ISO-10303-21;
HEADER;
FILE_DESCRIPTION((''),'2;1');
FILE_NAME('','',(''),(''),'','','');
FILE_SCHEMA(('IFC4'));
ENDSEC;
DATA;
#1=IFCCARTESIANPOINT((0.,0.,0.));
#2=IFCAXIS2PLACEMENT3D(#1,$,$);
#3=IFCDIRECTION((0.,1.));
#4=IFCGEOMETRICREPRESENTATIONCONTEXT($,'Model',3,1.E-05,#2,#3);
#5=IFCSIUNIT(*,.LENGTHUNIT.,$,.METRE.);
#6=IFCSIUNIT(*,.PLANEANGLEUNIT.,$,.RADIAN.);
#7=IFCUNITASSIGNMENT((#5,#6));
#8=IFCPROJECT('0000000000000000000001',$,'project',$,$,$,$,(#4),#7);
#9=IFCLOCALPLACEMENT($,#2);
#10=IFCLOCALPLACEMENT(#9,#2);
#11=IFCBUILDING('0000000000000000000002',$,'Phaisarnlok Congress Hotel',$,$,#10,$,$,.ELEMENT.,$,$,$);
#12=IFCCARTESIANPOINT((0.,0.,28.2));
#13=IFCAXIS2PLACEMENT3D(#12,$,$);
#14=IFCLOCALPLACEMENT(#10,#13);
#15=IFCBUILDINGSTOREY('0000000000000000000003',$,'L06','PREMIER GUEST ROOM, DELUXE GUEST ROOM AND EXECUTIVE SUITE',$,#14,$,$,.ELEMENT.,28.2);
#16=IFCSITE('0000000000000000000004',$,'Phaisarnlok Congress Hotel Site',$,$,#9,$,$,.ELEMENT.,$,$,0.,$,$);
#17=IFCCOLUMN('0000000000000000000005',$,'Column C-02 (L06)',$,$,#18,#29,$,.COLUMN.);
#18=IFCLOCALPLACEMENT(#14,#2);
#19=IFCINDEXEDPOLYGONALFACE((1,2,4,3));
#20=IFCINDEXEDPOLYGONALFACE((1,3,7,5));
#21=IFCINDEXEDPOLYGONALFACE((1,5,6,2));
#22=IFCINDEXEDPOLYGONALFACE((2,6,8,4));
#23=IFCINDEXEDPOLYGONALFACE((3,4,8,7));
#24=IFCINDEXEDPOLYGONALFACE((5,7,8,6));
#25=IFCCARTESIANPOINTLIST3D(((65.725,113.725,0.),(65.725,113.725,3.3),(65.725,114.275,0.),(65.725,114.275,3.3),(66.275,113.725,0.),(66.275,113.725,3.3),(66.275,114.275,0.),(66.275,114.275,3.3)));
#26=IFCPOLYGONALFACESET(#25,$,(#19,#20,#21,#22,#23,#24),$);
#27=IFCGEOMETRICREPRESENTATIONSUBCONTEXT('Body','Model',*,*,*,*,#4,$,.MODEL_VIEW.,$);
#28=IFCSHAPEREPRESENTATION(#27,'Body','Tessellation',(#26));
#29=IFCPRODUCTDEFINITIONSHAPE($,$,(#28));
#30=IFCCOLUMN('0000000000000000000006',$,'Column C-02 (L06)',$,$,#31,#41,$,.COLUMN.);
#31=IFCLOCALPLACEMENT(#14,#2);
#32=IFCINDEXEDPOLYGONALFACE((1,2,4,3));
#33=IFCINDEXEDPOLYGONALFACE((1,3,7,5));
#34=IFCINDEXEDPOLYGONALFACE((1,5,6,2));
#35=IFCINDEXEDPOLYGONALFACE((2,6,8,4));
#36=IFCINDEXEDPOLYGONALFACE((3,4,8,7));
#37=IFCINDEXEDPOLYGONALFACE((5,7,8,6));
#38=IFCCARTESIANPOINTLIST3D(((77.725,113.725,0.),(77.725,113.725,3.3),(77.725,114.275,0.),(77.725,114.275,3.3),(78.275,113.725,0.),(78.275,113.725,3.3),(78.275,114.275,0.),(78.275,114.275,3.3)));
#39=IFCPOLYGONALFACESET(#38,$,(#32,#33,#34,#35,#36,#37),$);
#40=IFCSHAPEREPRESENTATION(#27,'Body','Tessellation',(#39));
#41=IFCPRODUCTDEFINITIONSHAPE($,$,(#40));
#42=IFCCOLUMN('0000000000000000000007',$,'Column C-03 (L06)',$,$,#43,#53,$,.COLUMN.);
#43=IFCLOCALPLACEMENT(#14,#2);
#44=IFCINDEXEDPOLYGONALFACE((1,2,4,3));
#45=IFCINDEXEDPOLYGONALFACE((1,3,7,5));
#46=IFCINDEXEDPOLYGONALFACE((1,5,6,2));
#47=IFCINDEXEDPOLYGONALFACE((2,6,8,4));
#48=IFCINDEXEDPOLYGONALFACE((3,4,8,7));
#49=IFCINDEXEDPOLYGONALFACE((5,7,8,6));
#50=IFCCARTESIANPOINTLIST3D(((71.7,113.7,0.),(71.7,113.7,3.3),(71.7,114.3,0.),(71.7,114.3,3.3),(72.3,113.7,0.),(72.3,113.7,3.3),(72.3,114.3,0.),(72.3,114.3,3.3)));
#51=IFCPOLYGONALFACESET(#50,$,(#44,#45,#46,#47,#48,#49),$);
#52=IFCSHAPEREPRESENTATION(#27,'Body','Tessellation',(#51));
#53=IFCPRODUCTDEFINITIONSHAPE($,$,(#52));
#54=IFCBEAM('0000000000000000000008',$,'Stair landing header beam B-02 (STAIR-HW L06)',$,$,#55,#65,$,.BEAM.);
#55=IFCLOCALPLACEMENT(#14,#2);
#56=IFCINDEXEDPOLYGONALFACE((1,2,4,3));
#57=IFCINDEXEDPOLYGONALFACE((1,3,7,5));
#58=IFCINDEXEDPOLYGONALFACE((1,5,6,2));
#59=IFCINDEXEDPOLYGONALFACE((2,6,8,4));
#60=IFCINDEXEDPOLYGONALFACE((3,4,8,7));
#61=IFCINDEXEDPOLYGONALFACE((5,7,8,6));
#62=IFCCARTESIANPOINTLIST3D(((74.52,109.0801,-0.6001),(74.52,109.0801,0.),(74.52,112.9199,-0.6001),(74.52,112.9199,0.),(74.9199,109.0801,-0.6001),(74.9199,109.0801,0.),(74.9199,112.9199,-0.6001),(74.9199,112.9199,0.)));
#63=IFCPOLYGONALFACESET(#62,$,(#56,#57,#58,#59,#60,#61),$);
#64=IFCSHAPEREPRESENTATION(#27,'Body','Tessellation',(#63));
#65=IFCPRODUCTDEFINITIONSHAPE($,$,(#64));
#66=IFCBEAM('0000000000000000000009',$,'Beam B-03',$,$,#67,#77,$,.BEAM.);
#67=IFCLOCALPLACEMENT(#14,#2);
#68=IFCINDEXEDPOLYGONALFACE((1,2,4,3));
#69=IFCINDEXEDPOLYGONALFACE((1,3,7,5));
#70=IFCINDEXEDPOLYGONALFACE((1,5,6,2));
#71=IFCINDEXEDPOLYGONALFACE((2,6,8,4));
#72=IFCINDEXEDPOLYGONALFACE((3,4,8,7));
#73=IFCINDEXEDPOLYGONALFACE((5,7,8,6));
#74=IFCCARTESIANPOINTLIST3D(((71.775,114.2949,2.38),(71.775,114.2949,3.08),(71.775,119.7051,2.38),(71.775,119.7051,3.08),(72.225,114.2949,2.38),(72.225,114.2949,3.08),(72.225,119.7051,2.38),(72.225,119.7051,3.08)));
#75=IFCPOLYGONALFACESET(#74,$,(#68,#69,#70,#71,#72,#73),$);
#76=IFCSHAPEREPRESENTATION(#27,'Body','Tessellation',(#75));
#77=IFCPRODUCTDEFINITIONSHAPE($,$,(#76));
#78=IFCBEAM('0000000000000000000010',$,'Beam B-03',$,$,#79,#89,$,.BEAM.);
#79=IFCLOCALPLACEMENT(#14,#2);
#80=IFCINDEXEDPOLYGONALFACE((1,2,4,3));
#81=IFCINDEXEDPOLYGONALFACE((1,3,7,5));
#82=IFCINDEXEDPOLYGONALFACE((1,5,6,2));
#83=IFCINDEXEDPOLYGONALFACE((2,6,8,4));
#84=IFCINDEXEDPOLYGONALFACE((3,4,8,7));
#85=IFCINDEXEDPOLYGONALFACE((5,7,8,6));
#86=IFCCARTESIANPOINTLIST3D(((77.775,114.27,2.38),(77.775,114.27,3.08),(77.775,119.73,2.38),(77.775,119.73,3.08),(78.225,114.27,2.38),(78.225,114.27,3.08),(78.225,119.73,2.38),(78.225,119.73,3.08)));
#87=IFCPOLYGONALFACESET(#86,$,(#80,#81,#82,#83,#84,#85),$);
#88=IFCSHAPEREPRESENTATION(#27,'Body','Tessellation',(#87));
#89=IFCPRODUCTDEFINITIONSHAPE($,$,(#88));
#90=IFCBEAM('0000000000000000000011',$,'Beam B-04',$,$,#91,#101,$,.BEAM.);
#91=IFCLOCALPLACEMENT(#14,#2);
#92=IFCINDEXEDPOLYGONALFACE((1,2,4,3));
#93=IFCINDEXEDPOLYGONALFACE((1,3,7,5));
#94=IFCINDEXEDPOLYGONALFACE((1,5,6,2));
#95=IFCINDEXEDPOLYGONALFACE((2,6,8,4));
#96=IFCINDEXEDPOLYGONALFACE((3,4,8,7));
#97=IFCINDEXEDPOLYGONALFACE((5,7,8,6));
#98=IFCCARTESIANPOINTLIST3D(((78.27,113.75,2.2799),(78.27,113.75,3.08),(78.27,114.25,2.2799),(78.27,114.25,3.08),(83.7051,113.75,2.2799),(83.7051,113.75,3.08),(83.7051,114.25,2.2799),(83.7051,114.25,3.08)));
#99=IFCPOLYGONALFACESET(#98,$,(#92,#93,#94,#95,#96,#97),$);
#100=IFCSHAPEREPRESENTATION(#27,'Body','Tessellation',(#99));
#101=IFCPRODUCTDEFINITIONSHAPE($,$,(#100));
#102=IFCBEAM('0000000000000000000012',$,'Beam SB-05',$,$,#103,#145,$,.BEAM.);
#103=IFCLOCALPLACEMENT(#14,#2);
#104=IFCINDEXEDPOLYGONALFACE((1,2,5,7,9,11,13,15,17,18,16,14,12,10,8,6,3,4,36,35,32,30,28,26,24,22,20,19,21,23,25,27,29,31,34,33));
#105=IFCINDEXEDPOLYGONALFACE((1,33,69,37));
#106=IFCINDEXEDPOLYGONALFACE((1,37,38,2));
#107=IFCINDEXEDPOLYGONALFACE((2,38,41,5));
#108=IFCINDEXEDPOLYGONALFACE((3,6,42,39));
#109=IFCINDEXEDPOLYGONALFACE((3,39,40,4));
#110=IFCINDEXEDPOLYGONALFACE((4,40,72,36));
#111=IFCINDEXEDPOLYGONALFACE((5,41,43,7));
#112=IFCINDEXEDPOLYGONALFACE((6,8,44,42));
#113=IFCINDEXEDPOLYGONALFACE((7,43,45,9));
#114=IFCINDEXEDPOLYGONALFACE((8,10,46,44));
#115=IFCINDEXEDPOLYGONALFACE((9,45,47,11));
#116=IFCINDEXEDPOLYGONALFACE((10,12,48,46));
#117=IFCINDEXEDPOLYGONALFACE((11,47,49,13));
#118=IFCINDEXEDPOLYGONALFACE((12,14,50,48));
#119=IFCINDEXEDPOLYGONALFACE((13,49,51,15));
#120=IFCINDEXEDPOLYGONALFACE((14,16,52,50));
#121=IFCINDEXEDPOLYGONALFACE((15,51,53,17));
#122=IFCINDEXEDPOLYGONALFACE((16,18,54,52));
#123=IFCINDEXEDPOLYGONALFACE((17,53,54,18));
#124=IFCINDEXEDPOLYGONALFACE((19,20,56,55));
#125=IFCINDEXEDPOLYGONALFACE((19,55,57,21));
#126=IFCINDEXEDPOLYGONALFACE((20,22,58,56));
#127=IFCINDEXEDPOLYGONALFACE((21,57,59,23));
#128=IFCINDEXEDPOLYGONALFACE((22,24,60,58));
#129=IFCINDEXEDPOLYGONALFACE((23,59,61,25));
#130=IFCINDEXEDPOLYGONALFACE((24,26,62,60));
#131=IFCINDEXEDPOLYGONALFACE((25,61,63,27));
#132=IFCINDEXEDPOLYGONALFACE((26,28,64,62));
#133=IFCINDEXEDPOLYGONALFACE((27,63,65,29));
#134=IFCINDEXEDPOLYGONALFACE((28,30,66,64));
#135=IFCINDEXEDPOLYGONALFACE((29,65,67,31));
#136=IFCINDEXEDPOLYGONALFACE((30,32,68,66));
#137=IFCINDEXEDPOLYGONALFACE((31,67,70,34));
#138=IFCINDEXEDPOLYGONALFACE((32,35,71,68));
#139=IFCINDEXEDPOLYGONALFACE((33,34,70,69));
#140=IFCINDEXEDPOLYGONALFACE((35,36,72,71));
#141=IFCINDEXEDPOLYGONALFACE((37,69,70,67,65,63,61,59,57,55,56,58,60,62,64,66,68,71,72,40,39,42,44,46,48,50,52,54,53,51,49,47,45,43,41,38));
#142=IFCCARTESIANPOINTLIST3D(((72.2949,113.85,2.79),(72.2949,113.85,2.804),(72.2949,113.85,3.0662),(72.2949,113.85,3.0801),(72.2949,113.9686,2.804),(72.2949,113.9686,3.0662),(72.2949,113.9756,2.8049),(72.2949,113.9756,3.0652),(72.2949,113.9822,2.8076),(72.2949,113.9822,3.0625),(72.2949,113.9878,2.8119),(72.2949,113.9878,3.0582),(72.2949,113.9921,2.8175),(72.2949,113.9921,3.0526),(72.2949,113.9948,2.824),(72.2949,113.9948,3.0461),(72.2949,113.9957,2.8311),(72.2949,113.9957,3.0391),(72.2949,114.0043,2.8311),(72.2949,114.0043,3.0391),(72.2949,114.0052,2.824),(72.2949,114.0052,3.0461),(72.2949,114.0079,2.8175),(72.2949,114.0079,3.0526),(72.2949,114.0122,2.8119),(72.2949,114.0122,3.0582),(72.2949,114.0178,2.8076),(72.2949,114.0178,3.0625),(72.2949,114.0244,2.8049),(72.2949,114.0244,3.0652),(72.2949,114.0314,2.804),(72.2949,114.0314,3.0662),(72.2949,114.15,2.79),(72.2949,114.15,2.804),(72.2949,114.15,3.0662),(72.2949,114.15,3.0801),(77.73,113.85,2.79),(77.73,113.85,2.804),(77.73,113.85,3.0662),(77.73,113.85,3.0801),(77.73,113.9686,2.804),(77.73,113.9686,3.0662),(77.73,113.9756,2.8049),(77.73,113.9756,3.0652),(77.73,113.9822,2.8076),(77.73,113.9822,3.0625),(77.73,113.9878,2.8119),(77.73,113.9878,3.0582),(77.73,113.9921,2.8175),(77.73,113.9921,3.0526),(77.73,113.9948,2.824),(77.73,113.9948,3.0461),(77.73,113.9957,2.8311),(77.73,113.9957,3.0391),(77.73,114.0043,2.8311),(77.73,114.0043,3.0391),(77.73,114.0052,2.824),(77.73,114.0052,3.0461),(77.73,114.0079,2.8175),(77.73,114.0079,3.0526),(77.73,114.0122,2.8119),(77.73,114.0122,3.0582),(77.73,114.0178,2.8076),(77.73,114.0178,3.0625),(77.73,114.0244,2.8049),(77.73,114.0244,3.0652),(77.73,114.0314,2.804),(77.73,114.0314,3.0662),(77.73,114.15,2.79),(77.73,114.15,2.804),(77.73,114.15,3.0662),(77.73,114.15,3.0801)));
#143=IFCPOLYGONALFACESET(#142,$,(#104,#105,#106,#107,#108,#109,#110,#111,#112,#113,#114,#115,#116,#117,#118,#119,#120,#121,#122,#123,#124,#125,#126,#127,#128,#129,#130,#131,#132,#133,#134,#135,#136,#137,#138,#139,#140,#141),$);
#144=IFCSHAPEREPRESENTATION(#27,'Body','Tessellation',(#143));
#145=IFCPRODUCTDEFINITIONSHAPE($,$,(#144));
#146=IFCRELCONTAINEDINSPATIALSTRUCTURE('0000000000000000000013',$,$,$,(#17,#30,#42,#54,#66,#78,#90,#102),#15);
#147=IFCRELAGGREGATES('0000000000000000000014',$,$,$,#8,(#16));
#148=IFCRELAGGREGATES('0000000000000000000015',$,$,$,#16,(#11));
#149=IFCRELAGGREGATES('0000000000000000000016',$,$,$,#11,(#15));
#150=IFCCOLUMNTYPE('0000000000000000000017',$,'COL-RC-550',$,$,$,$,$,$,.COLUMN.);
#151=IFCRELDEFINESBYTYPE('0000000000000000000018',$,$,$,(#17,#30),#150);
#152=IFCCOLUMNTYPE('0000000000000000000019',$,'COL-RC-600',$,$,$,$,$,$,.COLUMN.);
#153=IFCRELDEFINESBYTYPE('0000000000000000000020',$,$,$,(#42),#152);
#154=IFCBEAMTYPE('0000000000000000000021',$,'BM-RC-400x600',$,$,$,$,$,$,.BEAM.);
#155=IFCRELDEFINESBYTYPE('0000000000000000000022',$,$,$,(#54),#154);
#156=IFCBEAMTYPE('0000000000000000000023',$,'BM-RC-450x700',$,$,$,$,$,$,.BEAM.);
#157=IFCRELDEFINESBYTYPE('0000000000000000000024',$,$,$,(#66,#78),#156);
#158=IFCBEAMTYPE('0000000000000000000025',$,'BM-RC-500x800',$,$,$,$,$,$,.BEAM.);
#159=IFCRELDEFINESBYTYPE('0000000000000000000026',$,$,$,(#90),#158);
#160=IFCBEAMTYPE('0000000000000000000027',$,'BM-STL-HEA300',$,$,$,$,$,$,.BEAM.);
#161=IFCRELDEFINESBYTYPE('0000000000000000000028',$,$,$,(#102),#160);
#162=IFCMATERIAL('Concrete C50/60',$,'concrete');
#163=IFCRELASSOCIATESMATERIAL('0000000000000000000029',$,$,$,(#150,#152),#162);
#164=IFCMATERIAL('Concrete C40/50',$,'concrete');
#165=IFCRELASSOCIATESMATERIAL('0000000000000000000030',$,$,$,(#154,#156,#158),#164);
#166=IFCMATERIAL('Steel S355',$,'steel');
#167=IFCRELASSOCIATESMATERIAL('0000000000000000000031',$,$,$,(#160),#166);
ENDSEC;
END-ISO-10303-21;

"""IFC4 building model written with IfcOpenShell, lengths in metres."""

from ifc_helpers import new_model, si_unit, direction, frame, origin, origin_2d, place, context, subcontext, project, spatial, rectangle, i_section, extrude, material, material_profile, profile_set, type_object, element, save


model = new_model("IFC4")

# Units and contexts
model_context = context("Model", 3, precision=1e-05, world=origin(), true_north=direction((0.0, 1.0)))
body_context = subcontext(model_context, "Body", "Model", "MODEL_VIEW")
ifc_project = project(units=[si_unit("LENGTHUNIT", "METRE"), si_unit("PLANEANGLEUNIT", "RADIAN")], contexts=[model_context])

# Site, building, storey
site_placement = place(None, origin())
site = spatial("IfcSite", under=ifc_project, at=site_placement, Name="Phaisarnlok Congress Hotel Site", CompositionType="ELEMENT", RefElevation=0.0)
building_placement = place(site_placement, origin())
building = spatial("IfcBuilding", under=site, at=building_placement, Name="Phaisarnlok Congress Hotel", CompositionType="ELEMENT")
storey_placement = place(building_placement, frame((0.0, 0.0, 28.2)))
storey = spatial("IfcBuildingStorey", under=building, at=storey_placement, Name="L06", Description="PREMIER GUEST ROOM, DELUXE GUEST ROOM AND EXECUTIVE SUITE", CompositionType="ELEMENT", Elevation=28.2)

# Columns
ifc_material_1 = material(Name="Concrete C50/60", Category="concrete")
ifc_material_profile_1 = material_profile(ifc_material_1, rectangle(XDim=0.55, YDim=0.55, at=origin_2d()), Name="RC 550x550")
ifc_profile_set_1 = profile_set([ifc_material_profile_1], Name="Concrete C50/60")
column_type_1 = type_object("IfcColumnType", Name="COL-RC-550", PredefinedType="COLUMN", material=ifc_profile_set_1)
for number, where, z_axis, x_axis, name in (
    (1, (66.0, 114.0, 0.0), (0.0, 0.0, 1.0), (1.0, 0.0, 0.0), "Column C-02 (L06)"),
    (2, (78.0, 114.0, 0.0), (0.0, 0.0, 1.0), (1.0, 0.0, 0.0), "Column C-02 (L06)"),
):
    element("IfcColumn", number, at=place(storey_placement, frame(where, z_axis=z_axis, x_axis=x_axis)), inside=storey, type_object=column_type_1, Name=name, PredefinedType="COLUMN", context=body_context, shape_type="SweptSolid", body=[
        extrude(rectangle(XDim=0.55, YDim=0.55, at=origin_2d()), origin(), (0.0, 0.0, 1.0), 3.3),
    ])
ifc_material_profile_2 = material_profile(ifc_material_1, rectangle(XDim=0.6001, YDim=0.6001, at=origin_2d()), Name="RC 600x600")
ifc_profile_set_2 = profile_set([ifc_material_profile_2], Name="Concrete C50/60")
column_type_2 = type_object("IfcColumnType", Name="COL-RC-600", PredefinedType="COLUMN", material=ifc_profile_set_2)
column_placement = place(storey_placement, frame((72.0, 114.0, 0.0), z_axis=(0.0, 0.0, 1.0), x_axis=(1.0, 0.0, 0.0)))
element("IfcColumn", 3, at=column_placement, inside=storey, type_object=column_type_2, Name="Column C-03 (L06)", PredefinedType="COLUMN", context=body_context, shape_type="SweptSolid", body=[
    extrude(rectangle(XDim=0.6001, YDim=0.6001, at=origin_2d()), origin(), (0.0, 0.0, 1.0), 3.3),
])

# Beams
ifc_material_2 = material(Name="Concrete C40/50", Category="concrete")
ifc_material_profile_3 = material_profile(ifc_material_2, rectangle(XDim=0.3999, YDim=0.6001, at=origin_2d()), Name="RC 400x600")
ifc_profile_set_3 = profile_set([ifc_material_profile_3], Name="Concrete C40/50")
beam_type_1 = type_object("IfcBeamType", Name="BM-RC-400x600", PredefinedType="BEAM", material=ifc_profile_set_3)
beam_1_placement = place(storey_placement, frame((74.72, 109.0801, -0.3), z_axis=(0.0, 1.0, 0.0), x_axis=(-1.0, 0.0, 0.0)))
element("IfcBeam", 4, at=beam_1_placement, inside=storey, type_object=beam_type_1, Name="Stair landing header beam B-02 (STAIR-HW L06)", PredefinedType="BEAM", context=body_context, shape_type="SweptSolid", body=[
    extrude(rectangle(XDim=0.3999, YDim=0.6001, at=origin_2d()), origin(), (0.0, 0.0, 1.0), 3.8398),
])
ifc_material_profile_4 = material_profile(ifc_material_2, rectangle(XDim=0.45, YDim=0.7, at=origin_2d()), Name="RC 450x700")
ifc_profile_set_4 = profile_set([ifc_material_profile_4], Name="Concrete C40/50")
beam_type_2 = type_object("IfcBeamType", Name="BM-RC-450x700", PredefinedType="BEAM", material=ifc_profile_set_4)
beam_2_placement = place(storey_placement, frame((72.0, 114.2949, 2.73), z_axis=(0.0, 1.0, 0.0), x_axis=(-1.0, 0.0, 0.0)))
element("IfcBeam", 5, at=beam_2_placement, inside=storey, type_object=beam_type_2, Name="Beam B-03", PredefinedType="BEAM", context=body_context, shape_type="SweptSolid", body=[
    extrude(rectangle(XDim=0.45, YDim=0.7, at=origin_2d()), origin(), (0.0, 0.0, 1.0), 5.4102),
])
beam_3_placement = place(storey_placement, frame((78.0, 114.27, 2.73), z_axis=(0.0, 1.0, 0.0), x_axis=(-1.0, 0.0, 0.0)))
element("IfcBeam", 6, at=beam_3_placement, inside=storey, type_object=beam_type_2, Name="Beam B-03", PredefinedType="BEAM", context=body_context, shape_type="SweptSolid", body=[
    extrude(rectangle(XDim=0.45, YDim=0.7, at=origin_2d()), origin(), (0.0, 0.0, 1.0), 5.46),
])
ifc_material_profile_5 = material_profile(ifc_material_2, rectangle(XDim=0.5, YDim=0.8, at=origin_2d()), Name="RC 500x800")
ifc_profile_set_5 = profile_set([ifc_material_profile_5], Name="Concrete C40/50")
beam_type_3 = type_object("IfcBeamType", Name="BM-RC-500x800", PredefinedType="BEAM", material=ifc_profile_set_5)
beam_4_placement = place(storey_placement, frame((78.27, 114.0, 2.6799), z_axis=(1.0, 0.0, 0.0), x_axis=(0.0, 1.0, 0.0)))
element("IfcBeam", 7, at=beam_4_placement, inside=storey, type_object=beam_type_3, Name="Beam B-04", PredefinedType="BEAM", context=body_context, shape_type="SweptSolid", body=[
    extrude(rectangle(XDim=0.5, YDim=0.8, at=origin_2d()), origin(), (0.0, 0.0, 1.0), 5.4351),
])
ifc_material_3 = material(Name="Steel S355", Category="steel")
ifc_material_profile_6 = material_profile(ifc_material_3, i_section(OverallWidth=0.3, OverallDepth=0.29, WebThickness=0.0085, FlangeThickness=0.0139, FilletRadius=0.0271, at=origin_2d()), Name="HEA 300")
ifc_profile_set_6 = profile_set([ifc_material_profile_6], Name="Steel S355")
beam_type_4 = type_object("IfcBeamType", Name="BM-STL-HEA300", PredefinedType="BEAM", material=ifc_profile_set_6)
beam_5_placement = place(storey_placement, frame((72.2949, 114.0, 2.9351), z_axis=(1.0, 0.0, 0.0), x_axis=(0.0, 1.0, 0.0)))
element("IfcBeam", 8, at=beam_5_placement, inside=storey, type_object=beam_type_4, Name="Beam SB-05", PredefinedType="BEAM", context=body_context, shape_type="SweptSolid", body=[
    extrude(i_section(OverallWidth=0.3, OverallDepth=0.29, WebThickness=0.0085, FlangeThickness=0.0139, FilletRadius=0.0271, at=origin_2d()), origin(), (0.0, 0.0, 1.0), 5.4351),
])

save(model, "model.ifc")
